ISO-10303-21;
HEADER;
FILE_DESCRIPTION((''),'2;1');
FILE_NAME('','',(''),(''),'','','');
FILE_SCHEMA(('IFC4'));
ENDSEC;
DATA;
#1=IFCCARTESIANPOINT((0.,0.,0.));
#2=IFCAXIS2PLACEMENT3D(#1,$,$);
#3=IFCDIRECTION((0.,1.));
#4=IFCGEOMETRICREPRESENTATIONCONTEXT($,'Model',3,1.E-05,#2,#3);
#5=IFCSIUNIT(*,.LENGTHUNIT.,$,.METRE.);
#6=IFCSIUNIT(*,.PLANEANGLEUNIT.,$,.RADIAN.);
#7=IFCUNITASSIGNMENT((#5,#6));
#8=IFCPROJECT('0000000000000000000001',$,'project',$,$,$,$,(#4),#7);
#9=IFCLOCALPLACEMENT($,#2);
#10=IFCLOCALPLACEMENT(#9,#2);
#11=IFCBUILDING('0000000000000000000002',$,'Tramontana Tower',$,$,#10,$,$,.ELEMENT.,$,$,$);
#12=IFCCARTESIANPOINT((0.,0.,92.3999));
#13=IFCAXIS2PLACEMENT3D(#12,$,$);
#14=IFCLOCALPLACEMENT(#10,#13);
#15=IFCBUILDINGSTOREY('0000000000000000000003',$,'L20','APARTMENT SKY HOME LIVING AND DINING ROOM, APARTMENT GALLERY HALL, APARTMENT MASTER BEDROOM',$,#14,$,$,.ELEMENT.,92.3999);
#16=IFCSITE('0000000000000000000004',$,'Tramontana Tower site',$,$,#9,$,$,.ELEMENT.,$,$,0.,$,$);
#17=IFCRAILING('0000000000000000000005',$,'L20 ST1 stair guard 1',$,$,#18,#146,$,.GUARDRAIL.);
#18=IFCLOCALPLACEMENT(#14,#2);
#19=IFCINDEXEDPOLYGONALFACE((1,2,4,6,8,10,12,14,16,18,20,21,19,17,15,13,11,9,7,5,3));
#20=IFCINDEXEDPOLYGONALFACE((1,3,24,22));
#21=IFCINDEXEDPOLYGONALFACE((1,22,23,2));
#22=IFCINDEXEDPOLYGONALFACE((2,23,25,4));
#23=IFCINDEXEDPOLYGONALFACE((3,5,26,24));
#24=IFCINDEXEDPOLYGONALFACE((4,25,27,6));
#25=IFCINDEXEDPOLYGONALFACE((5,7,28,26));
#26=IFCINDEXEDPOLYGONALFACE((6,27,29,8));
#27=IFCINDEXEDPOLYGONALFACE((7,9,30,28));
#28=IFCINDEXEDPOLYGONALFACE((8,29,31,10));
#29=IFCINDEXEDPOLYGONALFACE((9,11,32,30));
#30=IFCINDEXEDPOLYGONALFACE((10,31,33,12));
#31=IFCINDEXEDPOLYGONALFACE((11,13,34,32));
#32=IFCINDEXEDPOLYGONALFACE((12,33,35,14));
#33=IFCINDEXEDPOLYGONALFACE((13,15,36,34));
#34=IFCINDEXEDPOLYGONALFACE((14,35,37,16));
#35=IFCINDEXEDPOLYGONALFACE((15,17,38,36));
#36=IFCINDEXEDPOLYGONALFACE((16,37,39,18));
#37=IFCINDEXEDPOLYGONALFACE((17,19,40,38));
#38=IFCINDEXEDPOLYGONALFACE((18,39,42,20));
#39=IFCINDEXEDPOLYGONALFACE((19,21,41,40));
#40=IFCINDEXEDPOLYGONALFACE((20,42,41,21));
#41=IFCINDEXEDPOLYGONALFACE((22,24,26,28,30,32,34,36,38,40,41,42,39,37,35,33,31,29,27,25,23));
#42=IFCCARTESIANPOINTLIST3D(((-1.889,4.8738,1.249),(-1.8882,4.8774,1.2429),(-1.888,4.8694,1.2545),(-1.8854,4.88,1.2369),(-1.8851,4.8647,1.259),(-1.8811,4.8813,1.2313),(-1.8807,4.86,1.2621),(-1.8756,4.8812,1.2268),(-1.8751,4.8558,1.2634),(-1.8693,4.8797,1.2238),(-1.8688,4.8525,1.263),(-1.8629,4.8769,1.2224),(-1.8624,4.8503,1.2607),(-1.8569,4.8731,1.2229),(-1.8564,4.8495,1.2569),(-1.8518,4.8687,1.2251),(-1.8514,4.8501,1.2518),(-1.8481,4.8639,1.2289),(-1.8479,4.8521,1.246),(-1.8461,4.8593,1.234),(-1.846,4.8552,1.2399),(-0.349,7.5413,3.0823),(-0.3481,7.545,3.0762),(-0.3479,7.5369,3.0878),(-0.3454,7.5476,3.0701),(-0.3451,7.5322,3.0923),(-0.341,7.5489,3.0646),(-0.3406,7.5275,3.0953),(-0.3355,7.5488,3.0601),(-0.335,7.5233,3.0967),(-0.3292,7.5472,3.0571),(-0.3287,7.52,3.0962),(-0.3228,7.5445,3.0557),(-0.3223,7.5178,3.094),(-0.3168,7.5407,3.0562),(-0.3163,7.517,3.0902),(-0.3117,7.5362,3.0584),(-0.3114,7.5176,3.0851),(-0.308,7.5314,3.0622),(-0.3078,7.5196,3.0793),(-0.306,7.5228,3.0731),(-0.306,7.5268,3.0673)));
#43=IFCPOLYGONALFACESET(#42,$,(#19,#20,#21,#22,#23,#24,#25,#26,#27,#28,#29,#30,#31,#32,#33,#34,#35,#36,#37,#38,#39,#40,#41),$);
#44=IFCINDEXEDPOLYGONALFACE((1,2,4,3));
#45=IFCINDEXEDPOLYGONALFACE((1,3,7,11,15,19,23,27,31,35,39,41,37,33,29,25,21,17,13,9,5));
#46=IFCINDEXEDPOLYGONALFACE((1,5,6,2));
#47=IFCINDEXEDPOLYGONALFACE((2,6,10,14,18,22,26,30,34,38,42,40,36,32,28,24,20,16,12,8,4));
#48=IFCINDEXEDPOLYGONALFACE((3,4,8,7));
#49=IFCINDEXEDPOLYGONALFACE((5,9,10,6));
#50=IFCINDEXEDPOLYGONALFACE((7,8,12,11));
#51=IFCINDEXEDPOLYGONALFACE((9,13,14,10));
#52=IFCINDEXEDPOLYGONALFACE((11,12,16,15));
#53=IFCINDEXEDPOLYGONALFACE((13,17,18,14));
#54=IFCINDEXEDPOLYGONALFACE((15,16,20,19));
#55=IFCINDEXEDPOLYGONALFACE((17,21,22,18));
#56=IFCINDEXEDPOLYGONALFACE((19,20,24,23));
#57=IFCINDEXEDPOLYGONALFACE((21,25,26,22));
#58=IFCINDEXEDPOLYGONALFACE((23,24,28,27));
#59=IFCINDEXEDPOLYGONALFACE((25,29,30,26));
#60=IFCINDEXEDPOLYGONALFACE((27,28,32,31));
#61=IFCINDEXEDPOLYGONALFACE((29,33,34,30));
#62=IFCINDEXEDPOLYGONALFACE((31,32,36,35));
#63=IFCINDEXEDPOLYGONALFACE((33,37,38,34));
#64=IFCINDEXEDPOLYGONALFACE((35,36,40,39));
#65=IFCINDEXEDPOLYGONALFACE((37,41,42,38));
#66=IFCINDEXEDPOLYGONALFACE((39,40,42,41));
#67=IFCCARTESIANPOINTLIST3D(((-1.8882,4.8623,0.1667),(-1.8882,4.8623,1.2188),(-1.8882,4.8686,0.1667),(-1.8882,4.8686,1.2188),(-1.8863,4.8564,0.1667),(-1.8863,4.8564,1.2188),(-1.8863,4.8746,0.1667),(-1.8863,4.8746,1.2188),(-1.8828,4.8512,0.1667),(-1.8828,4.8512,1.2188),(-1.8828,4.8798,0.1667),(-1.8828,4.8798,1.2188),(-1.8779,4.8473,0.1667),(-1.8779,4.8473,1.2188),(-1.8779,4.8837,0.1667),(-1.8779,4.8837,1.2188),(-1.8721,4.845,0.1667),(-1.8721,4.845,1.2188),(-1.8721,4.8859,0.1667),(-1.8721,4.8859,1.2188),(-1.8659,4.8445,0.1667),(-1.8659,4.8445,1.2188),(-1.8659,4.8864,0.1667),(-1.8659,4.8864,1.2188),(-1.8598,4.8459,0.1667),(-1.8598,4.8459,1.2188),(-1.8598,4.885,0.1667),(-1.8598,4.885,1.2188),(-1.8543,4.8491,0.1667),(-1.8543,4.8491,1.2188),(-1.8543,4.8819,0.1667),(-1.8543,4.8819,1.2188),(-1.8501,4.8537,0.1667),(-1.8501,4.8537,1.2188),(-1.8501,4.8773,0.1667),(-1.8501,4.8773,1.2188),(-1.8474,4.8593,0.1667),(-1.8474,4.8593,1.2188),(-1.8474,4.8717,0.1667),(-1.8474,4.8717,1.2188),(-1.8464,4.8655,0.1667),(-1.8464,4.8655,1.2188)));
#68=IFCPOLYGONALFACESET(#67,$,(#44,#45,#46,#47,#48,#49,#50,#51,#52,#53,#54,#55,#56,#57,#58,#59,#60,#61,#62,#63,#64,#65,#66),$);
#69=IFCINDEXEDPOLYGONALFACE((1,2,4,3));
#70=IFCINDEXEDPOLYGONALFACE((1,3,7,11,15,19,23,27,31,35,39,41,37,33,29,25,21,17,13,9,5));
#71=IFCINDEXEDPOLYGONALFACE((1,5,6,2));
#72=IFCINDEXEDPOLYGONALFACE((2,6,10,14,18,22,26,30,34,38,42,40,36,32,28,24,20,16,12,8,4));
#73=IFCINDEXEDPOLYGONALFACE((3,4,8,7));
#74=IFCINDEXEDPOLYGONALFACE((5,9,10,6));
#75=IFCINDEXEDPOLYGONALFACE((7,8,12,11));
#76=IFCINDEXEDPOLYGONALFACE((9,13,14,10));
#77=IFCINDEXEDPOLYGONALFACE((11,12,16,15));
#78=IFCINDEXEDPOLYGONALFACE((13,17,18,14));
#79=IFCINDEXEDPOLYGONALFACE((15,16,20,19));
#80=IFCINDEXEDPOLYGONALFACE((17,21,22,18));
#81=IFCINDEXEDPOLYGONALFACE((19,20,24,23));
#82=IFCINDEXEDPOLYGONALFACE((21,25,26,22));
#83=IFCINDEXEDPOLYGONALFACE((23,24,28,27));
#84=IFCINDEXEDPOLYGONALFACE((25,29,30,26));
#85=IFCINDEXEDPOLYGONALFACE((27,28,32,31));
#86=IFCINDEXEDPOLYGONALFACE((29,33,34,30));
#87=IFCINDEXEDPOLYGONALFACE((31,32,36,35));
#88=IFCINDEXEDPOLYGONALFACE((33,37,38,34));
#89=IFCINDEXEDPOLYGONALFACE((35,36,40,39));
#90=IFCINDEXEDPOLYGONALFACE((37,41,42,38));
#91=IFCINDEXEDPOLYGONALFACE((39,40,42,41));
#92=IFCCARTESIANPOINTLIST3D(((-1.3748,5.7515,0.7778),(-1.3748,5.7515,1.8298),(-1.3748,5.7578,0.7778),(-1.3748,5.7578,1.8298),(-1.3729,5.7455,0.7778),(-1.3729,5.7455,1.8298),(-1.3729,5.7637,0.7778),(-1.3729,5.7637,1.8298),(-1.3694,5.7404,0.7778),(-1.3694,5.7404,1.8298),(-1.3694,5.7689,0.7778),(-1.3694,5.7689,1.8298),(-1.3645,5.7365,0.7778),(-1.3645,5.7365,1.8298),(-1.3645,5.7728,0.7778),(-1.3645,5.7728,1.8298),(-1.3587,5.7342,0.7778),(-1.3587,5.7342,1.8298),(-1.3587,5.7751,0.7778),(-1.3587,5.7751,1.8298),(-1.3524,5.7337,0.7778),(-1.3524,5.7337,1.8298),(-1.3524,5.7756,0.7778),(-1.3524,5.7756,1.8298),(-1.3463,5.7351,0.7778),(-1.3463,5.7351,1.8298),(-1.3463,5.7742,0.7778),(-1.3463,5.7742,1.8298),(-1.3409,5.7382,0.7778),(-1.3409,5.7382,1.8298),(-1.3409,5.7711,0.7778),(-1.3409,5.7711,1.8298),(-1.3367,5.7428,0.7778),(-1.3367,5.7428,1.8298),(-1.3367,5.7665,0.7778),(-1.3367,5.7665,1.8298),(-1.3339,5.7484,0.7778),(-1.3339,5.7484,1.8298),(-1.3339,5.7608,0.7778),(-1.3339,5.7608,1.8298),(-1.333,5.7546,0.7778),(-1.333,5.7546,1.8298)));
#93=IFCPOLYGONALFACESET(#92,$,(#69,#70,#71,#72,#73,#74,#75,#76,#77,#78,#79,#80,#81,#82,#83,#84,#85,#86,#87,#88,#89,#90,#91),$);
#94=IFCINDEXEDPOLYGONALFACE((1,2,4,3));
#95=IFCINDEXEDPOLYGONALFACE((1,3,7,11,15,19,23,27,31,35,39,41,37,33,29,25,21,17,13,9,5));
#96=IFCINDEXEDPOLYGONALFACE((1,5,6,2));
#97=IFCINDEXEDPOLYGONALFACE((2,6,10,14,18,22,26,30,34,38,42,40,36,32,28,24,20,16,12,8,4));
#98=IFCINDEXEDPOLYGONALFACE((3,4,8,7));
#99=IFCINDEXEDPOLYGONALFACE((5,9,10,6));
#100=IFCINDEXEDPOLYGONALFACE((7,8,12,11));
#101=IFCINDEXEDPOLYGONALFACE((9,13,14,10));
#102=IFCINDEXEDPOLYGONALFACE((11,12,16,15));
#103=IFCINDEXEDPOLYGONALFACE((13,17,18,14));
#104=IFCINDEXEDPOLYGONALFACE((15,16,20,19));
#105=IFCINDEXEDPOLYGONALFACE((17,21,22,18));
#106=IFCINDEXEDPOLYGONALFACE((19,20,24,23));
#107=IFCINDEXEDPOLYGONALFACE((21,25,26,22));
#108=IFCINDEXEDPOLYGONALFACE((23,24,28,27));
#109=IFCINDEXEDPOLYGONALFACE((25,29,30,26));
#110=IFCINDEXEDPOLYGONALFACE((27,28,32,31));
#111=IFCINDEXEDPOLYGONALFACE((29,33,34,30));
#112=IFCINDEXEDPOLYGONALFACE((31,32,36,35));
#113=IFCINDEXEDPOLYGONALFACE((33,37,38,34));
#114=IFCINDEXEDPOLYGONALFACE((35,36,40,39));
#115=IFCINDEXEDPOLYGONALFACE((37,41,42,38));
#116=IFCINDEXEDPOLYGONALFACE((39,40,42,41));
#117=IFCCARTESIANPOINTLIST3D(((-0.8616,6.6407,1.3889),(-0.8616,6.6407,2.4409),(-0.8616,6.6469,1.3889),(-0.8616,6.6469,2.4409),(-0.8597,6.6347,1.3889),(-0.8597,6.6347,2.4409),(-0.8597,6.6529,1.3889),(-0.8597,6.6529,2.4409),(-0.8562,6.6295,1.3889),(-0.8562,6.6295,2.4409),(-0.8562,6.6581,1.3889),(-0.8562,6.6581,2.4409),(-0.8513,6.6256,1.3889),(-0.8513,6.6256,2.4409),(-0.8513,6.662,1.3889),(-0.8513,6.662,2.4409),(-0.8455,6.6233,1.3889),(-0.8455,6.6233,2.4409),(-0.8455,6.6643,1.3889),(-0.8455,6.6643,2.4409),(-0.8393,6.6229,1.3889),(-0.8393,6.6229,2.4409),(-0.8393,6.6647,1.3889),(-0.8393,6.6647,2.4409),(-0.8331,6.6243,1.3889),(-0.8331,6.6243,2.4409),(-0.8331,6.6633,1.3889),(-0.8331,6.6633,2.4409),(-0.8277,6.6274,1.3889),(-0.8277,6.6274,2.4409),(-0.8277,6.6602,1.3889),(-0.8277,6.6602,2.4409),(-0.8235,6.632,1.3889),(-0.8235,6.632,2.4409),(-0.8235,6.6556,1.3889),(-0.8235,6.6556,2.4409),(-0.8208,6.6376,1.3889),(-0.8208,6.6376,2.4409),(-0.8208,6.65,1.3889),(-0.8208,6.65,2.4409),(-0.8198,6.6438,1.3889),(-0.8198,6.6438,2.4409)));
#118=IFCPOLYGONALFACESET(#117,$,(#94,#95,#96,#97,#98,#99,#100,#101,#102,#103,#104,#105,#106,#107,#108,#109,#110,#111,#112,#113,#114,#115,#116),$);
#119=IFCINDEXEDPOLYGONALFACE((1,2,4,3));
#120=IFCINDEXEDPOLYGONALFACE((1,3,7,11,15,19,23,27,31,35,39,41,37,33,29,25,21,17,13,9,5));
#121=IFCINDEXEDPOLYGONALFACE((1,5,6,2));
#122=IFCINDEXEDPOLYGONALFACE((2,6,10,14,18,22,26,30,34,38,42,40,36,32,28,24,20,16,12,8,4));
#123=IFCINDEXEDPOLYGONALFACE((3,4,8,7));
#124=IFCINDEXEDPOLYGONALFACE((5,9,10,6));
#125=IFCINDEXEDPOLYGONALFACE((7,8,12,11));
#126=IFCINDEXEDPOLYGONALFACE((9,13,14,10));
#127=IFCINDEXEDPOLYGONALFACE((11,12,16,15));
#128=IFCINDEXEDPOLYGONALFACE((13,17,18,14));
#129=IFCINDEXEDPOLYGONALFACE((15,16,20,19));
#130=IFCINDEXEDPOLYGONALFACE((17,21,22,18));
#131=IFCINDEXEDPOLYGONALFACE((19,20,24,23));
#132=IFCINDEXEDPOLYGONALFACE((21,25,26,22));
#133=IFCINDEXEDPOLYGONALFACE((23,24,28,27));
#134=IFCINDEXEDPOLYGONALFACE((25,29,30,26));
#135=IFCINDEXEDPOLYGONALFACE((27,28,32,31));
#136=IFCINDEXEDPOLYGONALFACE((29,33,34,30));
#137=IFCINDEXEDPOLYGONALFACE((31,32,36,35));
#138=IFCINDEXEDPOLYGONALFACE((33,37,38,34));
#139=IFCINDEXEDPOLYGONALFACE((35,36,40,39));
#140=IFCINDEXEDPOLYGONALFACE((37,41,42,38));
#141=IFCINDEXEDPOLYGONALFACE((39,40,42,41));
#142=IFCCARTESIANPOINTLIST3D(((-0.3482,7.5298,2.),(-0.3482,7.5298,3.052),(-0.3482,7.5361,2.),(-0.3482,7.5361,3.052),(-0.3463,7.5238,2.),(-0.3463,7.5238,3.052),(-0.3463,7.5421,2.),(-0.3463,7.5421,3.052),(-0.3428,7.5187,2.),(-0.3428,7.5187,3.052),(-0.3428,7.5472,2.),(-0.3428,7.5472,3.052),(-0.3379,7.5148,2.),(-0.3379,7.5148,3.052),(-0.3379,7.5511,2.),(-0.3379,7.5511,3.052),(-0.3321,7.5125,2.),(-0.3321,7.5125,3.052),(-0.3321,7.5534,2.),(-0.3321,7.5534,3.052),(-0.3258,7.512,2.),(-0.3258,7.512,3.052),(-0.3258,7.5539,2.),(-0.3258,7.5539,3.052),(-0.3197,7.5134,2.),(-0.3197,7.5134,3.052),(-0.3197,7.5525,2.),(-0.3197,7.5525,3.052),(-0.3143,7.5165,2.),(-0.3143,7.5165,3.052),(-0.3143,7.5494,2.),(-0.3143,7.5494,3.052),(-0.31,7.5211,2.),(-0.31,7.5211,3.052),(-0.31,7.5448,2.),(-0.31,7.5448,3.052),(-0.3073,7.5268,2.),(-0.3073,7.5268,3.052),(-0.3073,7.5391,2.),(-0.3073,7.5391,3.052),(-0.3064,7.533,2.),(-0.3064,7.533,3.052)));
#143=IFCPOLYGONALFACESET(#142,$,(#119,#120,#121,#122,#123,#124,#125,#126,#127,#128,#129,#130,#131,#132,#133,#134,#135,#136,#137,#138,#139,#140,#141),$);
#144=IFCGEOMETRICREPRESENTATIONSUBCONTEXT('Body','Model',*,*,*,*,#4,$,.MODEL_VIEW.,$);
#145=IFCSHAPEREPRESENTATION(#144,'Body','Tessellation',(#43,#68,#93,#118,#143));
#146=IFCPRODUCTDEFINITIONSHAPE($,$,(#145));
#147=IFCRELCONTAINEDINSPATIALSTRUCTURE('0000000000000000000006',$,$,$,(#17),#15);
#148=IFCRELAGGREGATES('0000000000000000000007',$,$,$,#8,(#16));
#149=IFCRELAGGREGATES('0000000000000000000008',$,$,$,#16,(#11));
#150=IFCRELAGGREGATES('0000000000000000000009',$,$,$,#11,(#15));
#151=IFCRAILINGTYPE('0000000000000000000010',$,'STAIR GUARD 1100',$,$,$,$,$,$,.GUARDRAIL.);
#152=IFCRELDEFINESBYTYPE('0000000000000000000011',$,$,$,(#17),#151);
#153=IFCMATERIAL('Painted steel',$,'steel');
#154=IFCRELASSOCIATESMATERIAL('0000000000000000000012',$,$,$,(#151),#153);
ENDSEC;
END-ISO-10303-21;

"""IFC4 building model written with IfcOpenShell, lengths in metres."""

from ifc_helpers import new_model, si_unit, direction, frame, origin, origin_2d, place, context, subcontext, project, spatial, circle, extrude, material, type_object, element, save


model = new_model("IFC4")

# Units and contexts
model_context = context("Model", 3, precision=1e-05, world=origin(), true_north=direction((0.0, 1.0)))
body_context = subcontext(model_context, "Body", "Model", "MODEL_VIEW")
ifc_project = project(units=[si_unit("LENGTHUNIT", "METRE"), si_unit("PLANEANGLEUNIT", "RADIAN")], contexts=[model_context])

# Site, building, storey
site_placement = place(None, origin())
site = spatial("IfcSite", under=ifc_project, at=site_placement, Name="Tramontana Tower site", CompositionType="ELEMENT", RefElevation=0.0)
building_placement = place(site_placement, origin())
building = spatial("IfcBuilding", under=site, at=building_placement, Name="Tramontana Tower", CompositionType="ELEMENT")
storey_placement = place(building_placement, frame((0.0, 0.0, 92.3999)))
storey = spatial("IfcBuildingStorey", under=building, at=storey_placement, Name="L20", Description="APARTMENT SKY HOME LIVING AND DINING ROOM, APARTMENT GALLERY HALL, APARTMENT MASTER BEDROOM", CompositionType="ELEMENT", Elevation=92.3999)

# Railing
ifc_material_1 = material(Name="Painted steel", Category="steel")
railing_type_1 = type_object("IfcRailingType", Name="STAIR GUARD 1100", PredefinedType="GUARDRAIL", material=ifc_material_1)
railing_1_placement = place(storey_placement, frame((-1.8674, 4.8655, 0.1667)))
element("IfcRailing", 1, at=railing_1_placement, inside=storey, type_object=railing_type_1, Name="L20 ST1 stair guard 1", PredefinedType="GUARDRAIL", context=body_context, shape_type="SweptSolid", body=[
    extrude(circle(Radius=0.0239, at=origin_2d()), frame((0.0, 0.0, 1.0762), z_axis=(0.429649, 0.74419, 0.511452), x_axis=(-0.86603, 0.499992, 0.0)), (0.0, 0.0, 1.0), 3.5845),
    extrude(circle(Radius=0.021, at=origin_2d()), origin(), (0.0, 0.0, 1.0), 1.052),
    extrude(circle(Radius=0.021, at=origin_2d()), frame((0.5134, 0.8892, 0.6111)), (0.0, 0.0, 1.0), 1.052),
    extrude(circle(Radius=0.021, at=origin_2d()), frame((1.0266, 1.7783, 1.2222)), (0.0, 0.0, 1.0), 1.052),
    extrude(circle(Radius=0.021, at=origin_2d()), frame((1.54, 2.6675, 1.8333)), (0.0, 0.0, 1.0), 1.052),
])

save(model, "model.ifc")
